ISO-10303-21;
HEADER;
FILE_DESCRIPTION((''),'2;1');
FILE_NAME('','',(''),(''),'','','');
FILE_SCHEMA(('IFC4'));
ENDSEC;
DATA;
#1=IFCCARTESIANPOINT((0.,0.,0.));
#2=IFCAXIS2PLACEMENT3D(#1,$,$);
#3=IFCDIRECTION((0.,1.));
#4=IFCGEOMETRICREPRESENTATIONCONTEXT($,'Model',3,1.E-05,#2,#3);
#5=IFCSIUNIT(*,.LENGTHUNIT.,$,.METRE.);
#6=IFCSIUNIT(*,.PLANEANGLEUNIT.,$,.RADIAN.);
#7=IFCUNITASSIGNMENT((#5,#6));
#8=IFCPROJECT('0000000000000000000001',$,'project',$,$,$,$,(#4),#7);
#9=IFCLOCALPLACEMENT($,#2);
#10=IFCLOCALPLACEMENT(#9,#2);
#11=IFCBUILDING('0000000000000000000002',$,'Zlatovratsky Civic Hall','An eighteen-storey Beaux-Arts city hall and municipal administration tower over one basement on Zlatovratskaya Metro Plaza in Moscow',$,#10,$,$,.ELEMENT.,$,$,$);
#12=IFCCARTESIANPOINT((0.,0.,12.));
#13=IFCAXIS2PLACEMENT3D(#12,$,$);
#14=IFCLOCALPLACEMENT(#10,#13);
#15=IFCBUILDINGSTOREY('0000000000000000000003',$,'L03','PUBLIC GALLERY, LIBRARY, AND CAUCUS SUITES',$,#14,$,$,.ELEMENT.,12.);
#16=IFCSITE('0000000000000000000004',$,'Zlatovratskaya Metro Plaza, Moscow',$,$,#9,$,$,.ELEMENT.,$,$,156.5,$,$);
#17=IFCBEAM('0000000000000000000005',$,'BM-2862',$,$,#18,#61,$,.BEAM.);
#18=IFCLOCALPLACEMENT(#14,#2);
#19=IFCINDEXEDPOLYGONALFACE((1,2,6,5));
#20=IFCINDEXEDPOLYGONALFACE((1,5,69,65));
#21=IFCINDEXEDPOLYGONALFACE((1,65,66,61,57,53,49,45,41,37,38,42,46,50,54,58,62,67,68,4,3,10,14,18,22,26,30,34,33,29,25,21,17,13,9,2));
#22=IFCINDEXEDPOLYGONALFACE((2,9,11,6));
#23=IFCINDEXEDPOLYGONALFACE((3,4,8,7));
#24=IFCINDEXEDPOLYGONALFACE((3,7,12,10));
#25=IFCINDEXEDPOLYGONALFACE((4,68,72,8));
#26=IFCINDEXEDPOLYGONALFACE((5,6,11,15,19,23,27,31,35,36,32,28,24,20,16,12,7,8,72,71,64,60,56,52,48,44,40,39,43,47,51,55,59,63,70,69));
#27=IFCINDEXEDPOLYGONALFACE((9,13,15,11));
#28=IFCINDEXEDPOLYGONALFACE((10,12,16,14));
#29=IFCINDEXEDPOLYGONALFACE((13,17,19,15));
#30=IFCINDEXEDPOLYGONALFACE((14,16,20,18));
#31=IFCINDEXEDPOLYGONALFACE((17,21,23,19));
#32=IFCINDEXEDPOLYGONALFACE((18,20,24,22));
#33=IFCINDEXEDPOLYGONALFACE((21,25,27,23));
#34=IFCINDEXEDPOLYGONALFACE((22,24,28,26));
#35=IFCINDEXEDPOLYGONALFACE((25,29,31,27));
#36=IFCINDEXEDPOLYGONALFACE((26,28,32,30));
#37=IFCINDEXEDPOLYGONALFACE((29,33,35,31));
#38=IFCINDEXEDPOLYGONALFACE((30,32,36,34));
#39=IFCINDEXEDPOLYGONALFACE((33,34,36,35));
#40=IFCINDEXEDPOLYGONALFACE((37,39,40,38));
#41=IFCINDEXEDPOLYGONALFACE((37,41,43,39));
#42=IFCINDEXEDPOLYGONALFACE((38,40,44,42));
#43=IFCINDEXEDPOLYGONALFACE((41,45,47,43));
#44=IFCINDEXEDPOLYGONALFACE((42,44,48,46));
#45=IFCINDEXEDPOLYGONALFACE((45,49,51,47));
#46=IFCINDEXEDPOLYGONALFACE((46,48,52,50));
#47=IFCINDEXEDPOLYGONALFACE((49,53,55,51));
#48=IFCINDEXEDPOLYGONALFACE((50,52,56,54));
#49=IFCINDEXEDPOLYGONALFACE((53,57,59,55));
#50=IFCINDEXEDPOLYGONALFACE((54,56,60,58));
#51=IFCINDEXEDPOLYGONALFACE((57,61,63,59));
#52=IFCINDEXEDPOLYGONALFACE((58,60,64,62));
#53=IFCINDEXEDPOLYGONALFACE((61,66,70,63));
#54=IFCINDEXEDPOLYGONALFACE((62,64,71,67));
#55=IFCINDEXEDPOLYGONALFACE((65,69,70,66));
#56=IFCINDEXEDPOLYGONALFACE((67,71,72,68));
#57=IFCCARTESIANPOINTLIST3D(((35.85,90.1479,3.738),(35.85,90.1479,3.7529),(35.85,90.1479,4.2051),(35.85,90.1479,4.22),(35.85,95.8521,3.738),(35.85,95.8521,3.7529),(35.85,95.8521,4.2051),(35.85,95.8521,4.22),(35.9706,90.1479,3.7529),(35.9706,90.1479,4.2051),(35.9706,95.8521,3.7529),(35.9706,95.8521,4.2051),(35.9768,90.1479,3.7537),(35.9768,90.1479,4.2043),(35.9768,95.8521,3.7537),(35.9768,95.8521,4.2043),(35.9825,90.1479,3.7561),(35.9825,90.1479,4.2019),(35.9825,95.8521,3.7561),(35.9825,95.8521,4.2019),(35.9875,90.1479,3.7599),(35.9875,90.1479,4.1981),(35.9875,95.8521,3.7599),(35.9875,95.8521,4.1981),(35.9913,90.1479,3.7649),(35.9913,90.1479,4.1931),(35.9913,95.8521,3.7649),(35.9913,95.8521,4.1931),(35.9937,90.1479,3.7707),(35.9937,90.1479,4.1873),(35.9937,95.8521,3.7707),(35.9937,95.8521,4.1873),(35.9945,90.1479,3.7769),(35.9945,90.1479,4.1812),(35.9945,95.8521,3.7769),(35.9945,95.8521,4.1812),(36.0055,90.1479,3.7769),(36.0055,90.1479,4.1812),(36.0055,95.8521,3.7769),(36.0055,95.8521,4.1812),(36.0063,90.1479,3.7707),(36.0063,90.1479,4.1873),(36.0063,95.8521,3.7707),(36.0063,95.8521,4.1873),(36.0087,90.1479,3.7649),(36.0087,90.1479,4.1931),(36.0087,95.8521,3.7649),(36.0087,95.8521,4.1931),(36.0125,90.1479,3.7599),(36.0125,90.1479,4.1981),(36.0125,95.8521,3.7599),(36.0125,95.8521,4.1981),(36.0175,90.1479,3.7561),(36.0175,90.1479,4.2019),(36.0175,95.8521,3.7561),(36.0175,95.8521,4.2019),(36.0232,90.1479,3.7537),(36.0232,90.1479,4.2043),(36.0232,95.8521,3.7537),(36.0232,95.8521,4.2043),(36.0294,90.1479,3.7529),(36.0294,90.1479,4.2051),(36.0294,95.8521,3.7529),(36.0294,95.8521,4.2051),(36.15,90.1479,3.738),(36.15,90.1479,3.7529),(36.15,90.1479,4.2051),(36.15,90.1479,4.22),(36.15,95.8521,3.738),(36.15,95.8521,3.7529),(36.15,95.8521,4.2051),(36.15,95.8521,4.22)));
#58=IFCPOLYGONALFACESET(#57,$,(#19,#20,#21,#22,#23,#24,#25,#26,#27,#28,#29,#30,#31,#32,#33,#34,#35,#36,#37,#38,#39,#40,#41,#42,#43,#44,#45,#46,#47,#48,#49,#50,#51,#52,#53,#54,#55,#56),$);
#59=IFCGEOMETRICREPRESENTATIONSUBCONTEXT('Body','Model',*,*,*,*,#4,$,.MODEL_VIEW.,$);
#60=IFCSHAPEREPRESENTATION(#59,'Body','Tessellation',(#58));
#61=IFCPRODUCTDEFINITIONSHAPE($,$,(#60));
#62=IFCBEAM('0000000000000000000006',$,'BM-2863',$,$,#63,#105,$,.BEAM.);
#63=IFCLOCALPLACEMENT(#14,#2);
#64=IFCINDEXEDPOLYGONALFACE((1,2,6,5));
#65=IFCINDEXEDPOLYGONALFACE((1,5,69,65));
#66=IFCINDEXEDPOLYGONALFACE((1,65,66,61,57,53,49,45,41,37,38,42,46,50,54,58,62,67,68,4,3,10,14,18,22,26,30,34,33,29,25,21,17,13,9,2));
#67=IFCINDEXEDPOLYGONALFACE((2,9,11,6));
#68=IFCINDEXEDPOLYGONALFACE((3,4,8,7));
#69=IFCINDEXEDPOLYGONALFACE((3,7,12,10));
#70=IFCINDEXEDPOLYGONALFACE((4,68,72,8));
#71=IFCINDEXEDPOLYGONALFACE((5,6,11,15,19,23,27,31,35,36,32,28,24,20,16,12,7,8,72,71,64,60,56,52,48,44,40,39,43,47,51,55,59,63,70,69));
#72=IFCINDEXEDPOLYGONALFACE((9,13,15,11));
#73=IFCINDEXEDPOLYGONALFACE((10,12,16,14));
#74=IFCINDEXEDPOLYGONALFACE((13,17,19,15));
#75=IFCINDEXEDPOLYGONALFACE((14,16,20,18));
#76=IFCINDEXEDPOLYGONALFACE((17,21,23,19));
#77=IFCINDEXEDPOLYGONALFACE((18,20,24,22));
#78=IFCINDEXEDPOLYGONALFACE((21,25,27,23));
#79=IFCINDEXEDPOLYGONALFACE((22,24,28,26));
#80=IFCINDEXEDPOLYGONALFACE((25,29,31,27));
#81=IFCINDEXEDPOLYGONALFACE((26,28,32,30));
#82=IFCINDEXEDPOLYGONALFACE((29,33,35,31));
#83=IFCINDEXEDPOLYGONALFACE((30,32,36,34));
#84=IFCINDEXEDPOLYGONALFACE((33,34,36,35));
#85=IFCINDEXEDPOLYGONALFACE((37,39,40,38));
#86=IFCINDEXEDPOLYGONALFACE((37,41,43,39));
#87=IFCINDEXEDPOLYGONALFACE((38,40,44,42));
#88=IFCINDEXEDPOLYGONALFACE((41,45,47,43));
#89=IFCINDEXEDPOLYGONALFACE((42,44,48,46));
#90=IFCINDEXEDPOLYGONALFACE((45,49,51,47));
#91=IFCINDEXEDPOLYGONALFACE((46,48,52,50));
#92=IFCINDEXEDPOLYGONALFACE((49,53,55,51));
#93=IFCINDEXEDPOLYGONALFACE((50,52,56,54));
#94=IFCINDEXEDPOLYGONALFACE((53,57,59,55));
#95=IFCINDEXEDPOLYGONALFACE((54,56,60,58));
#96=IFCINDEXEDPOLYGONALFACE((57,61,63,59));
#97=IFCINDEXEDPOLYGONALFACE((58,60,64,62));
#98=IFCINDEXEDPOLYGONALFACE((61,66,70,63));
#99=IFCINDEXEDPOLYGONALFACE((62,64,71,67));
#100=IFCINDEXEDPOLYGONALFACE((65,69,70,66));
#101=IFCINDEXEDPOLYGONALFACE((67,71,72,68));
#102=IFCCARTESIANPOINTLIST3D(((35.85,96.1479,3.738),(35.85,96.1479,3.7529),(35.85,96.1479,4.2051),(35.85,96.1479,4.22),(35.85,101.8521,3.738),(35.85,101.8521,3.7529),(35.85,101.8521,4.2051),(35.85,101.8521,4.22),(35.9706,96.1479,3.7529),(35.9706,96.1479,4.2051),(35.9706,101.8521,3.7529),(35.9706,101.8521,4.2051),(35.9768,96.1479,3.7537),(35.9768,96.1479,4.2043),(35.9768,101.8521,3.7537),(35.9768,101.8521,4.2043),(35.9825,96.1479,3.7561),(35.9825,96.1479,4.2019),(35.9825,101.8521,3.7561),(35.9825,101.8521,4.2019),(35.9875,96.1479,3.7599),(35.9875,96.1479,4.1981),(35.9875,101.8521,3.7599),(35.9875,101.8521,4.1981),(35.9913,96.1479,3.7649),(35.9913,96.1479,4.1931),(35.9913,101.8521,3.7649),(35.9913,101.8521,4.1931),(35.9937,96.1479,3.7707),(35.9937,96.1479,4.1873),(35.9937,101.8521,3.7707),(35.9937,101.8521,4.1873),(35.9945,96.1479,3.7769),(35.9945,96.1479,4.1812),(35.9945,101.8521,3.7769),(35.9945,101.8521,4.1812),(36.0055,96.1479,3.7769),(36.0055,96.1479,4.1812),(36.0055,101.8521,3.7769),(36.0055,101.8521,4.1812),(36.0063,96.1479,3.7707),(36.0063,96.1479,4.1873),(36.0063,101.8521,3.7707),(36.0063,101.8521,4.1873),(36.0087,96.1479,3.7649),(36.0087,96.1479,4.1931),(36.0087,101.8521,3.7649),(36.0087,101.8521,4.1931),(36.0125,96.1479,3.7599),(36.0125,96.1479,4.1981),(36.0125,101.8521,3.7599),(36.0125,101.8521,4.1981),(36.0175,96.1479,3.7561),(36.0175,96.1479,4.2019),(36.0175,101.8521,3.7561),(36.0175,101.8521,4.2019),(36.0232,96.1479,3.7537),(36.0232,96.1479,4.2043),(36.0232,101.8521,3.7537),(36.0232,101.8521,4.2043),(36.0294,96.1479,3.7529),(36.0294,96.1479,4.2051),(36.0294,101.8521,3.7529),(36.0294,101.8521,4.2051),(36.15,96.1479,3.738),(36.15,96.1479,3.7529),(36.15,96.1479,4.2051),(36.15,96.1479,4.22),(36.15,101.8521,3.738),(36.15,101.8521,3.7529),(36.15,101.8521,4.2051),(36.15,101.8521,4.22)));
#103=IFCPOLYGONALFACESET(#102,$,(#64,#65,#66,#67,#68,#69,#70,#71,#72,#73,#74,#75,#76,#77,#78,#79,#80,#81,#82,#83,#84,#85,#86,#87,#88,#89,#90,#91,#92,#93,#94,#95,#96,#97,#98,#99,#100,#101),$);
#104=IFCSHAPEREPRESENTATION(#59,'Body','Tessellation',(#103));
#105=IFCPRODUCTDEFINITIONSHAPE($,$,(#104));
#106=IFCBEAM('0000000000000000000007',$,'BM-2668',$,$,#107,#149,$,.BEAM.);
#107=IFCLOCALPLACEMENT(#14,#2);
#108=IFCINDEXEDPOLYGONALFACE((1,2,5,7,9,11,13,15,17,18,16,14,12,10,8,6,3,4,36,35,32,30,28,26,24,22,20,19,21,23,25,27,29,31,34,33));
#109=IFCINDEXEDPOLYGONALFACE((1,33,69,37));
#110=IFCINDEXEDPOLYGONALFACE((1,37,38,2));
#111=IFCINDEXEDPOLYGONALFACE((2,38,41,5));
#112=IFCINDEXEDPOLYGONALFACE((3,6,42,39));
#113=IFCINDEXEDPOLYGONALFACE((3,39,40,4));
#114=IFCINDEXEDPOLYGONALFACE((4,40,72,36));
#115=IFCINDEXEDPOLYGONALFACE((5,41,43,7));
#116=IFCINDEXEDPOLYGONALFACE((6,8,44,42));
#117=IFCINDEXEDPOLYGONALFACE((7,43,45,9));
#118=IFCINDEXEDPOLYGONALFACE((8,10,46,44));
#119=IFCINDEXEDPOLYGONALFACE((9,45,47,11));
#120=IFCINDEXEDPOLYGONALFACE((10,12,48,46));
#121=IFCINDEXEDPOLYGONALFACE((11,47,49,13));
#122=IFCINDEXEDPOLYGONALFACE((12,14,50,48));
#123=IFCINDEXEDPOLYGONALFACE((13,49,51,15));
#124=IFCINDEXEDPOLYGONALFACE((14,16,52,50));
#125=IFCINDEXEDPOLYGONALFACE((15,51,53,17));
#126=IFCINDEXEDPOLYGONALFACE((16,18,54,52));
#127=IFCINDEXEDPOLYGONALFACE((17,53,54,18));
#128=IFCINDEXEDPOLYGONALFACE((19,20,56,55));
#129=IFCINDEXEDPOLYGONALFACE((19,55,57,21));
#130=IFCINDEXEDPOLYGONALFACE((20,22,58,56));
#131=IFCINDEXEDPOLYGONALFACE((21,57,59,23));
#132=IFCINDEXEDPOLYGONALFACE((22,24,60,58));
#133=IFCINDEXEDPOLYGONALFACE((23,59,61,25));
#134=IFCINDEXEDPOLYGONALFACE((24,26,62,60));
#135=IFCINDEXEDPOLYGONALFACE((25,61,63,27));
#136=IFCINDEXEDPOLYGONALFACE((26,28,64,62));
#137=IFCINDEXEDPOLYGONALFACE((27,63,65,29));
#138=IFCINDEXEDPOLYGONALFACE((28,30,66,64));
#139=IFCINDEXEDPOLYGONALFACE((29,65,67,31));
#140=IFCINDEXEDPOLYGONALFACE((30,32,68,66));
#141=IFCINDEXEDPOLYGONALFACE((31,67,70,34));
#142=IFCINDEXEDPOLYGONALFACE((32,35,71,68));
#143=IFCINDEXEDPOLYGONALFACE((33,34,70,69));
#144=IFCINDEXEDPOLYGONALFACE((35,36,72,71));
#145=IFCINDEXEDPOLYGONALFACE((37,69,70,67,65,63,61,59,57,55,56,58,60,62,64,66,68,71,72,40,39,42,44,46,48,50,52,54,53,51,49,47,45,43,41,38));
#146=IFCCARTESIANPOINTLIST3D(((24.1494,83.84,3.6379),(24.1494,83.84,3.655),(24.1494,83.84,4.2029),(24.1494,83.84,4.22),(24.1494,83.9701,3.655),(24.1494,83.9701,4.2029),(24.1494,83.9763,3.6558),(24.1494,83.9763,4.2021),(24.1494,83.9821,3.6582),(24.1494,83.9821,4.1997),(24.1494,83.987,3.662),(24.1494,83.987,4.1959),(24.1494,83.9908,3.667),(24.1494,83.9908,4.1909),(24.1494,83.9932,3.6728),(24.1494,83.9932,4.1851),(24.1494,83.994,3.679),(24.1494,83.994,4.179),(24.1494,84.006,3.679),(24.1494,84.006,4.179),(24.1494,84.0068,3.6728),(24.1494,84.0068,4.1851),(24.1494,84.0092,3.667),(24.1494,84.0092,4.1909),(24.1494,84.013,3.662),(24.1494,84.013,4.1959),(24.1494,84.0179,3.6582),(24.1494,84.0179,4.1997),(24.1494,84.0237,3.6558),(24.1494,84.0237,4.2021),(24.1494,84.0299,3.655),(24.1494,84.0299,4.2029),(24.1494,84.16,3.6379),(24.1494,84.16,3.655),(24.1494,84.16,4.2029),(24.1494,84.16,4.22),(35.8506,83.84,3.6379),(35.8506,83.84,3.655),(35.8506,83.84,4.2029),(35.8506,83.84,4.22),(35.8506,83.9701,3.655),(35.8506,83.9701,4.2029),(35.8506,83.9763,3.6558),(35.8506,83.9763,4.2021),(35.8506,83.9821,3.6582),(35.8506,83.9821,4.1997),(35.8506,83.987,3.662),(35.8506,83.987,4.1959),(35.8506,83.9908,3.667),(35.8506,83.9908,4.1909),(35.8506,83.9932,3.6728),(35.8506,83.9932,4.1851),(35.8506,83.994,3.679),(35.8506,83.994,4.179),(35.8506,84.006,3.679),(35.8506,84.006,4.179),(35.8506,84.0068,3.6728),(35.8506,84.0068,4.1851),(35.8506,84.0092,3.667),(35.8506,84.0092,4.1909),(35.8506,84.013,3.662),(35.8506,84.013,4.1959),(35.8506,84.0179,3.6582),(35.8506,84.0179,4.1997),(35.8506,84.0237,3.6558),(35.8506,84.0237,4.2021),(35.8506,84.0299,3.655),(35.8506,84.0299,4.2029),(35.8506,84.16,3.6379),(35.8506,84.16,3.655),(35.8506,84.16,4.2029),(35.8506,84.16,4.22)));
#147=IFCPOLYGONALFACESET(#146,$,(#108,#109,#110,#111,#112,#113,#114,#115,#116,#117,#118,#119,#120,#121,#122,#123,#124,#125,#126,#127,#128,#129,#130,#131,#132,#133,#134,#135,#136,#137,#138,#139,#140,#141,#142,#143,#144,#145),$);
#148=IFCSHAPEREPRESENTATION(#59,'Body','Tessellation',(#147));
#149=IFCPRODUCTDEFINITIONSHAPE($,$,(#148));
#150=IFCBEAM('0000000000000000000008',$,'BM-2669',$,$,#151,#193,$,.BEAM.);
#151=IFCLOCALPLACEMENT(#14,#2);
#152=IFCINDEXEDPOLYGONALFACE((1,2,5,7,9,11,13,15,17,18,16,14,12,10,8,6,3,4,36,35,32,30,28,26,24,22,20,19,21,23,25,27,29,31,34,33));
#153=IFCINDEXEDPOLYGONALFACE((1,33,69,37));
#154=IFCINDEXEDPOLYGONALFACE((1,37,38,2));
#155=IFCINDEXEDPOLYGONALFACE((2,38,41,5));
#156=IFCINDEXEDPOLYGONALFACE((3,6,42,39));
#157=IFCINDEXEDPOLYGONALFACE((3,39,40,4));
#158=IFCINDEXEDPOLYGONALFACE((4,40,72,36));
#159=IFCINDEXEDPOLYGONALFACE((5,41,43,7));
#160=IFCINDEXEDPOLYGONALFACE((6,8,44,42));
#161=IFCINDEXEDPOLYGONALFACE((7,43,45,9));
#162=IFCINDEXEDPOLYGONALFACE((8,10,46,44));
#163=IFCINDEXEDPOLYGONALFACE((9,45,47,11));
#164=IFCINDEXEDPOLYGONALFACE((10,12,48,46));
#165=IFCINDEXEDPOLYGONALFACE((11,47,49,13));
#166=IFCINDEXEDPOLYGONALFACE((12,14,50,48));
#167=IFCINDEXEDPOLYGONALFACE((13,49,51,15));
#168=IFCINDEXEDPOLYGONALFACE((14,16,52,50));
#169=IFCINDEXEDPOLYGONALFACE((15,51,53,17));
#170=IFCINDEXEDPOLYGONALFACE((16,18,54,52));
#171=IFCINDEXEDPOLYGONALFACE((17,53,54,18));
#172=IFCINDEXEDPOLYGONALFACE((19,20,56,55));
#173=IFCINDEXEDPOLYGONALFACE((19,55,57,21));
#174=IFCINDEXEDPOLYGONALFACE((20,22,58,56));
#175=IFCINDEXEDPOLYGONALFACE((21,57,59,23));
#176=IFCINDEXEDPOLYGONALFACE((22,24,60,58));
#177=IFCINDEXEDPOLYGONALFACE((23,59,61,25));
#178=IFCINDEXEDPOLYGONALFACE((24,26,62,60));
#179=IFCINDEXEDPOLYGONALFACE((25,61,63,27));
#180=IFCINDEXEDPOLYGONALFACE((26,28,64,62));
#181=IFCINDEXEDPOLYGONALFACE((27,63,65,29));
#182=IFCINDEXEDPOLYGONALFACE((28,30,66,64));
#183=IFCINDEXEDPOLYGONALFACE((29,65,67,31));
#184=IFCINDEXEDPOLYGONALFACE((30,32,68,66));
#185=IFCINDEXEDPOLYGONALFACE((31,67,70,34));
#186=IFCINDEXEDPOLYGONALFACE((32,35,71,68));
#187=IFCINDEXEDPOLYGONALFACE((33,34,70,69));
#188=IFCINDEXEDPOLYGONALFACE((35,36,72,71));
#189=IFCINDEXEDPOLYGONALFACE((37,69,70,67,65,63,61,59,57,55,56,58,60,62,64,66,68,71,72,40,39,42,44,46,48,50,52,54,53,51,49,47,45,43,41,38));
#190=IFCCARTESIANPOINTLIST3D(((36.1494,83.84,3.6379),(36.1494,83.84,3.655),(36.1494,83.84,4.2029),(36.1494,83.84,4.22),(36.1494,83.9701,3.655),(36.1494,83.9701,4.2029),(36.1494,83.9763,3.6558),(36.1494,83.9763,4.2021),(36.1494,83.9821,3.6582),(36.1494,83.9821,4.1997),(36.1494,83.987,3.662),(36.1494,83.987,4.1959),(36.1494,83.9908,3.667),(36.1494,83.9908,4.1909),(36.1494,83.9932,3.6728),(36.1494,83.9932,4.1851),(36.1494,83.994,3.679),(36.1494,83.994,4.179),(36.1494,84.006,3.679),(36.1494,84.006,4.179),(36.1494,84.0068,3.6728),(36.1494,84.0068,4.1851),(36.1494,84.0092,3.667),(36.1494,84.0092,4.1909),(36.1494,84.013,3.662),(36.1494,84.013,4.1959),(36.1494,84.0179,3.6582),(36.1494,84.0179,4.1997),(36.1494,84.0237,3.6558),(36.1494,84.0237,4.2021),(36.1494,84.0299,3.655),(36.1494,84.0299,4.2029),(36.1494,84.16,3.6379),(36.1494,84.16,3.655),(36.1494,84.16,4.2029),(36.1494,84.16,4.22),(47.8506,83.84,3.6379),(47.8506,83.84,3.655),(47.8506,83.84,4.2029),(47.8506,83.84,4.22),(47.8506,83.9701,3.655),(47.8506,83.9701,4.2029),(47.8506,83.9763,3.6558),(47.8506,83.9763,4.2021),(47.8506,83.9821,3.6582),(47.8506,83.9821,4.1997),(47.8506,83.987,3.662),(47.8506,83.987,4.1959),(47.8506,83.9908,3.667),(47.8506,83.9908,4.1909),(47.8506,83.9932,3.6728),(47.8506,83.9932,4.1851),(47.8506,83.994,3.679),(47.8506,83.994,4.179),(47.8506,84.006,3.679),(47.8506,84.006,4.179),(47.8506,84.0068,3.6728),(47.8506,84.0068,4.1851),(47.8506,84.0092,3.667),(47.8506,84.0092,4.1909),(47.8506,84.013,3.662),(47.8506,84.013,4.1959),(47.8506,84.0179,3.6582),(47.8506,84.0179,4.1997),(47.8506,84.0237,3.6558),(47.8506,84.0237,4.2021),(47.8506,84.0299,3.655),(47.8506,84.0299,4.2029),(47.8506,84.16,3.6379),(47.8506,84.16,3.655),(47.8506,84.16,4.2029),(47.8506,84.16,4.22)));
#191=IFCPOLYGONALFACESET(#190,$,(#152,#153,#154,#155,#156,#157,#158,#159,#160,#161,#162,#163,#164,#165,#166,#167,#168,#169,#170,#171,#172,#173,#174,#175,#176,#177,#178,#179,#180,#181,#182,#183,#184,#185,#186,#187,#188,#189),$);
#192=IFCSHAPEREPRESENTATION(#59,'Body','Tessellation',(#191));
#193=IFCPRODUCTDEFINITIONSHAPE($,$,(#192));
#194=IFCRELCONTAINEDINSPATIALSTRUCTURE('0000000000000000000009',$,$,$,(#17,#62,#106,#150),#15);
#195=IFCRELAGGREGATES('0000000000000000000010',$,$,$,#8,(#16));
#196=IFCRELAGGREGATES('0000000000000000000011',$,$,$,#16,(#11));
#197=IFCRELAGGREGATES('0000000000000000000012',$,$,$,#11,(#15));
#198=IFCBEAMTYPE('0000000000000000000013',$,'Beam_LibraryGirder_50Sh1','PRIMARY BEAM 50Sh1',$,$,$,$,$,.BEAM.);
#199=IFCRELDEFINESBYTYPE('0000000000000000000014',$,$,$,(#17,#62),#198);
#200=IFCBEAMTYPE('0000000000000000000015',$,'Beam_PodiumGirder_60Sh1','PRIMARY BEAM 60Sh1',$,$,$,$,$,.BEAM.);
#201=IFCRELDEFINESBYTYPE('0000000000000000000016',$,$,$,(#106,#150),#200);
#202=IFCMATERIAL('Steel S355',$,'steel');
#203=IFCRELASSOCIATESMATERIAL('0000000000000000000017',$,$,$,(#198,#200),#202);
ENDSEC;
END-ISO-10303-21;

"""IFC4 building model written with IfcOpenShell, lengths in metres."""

from ifc_helpers import new_model, si_unit, direction, frame, origin, origin_2d, place, context, subcontext, project, spatial, i_section, extrude, material, material_profile, profile_set, type_object, element, save


model = new_model("IFC4")

# Units and contexts
model_context = context("Model", 3, precision=1e-05, world=origin(), true_north=direction((0.0, 1.0)))
body_context = subcontext(model_context, "Body", "Model", "MODEL_VIEW")
ifc_project = project(units=[si_unit("LENGTHUNIT", "METRE"), si_unit("PLANEANGLEUNIT", "RADIAN")], contexts=[model_context])

# Site, building, storey
site_placement = place(None, origin())
site = spatial("IfcSite", under=ifc_project, at=site_placement, Name="Zlatovratskaya Metro Plaza, Moscow", CompositionType="ELEMENT", RefElevation=156.5)
building_placement = place(site_placement, origin())
building = spatial("IfcBuilding", under=site, at=building_placement, Name="Zlatovratsky Civic Hall", Description="An eighteen-storey Beaux-Arts city hall and municipal administration tower over one basement on Zlatovratskaya Metro Plaza in Moscow", CompositionType="ELEMENT")
storey_placement = place(building_placement, frame((0.0, 0.0, 12.0)))
storey = spatial("IfcBuildingStorey", under=building, at=storey_placement, Name="L03", Description="PUBLIC GALLERY, LIBRARY, AND CAUCUS SUITES", CompositionType="ELEMENT", Elevation=12.0)

# Shared definitions
ifc_material_1 = material(Name="Steel S355", Category="steel")

# Beams
ifc_material_profile_1 = material_profile(ifc_material_1, i_section(OverallWidth=0.3, OverallDepth=0.4819, WebThickness=0.011, FlangeThickness=0.0149, FilletRadius=0.0239, at=origin_2d()), Name="50Sh1")
ifc_profile_set_1 = profile_set([ifc_material_profile_1], Name="Steel S355")
beam_type_1 = type_object("IfcBeamType", Name="Beam_LibraryGirder_50Sh1", Description="PRIMARY BEAM 50Sh1", PredefinedType="BEAM", material=ifc_profile_set_1)
for number, where, z_axis, x_axis, name in (
    (1, (36.0, 90.1479, 3.979), (0.0, 1.0, 0.0), (-1.0, 0.0, 0.0), "BM-2862"),
    (2, (36.0, 96.1479, 3.979), (0.0, 1.0, 0.0), (-1.0, 0.0, 0.0), "BM-2863"),
):
    element("IfcBeam", number, at=place(storey_placement, frame(where, z_axis=z_axis, x_axis=x_axis)), inside=storey, type_object=beam_type_1, Name=name, PredefinedType="BEAM", context=body_context, shape_type="SweptSolid", body=[
        extrude(i_section(OverallWidth=0.3, OverallDepth=0.4819, WebThickness=0.011, FlangeThickness=0.0149, FilletRadius=0.0239, at=origin_2d()), origin(), (0.0, 0.0, 1.0), 5.7041),
    ])
ifc_material_profile_2 = material_profile(ifc_material_1, i_section(OverallWidth=0.3201, OverallDepth=0.582, WebThickness=0.012, FlangeThickness=0.0171, FilletRadius=0.0239, at=origin_2d()), Name="60Sh1")
ifc_profile_set_2 = profile_set([ifc_material_profile_2], Name="Steel S355")
beam_type_2 = type_object("IfcBeamType", Name="Beam_PodiumGirder_60Sh1", Description="PRIMARY BEAM 60Sh1", PredefinedType="BEAM", material=ifc_profile_set_2)
for number, where, z_axis, x_axis, name in (
    (3, (24.1494, 84.0, 3.929), (1.0, 0.0, 0.0), (0.0, 1.0, 0.0), "BM-2668"),
    (4, (36.1494, 84.0, 3.929), (1.0, 0.0, 0.0), (0.0, 1.0, 0.0), "BM-2669"),
):
    element("IfcBeam", number, at=place(storey_placement, frame(where, z_axis=z_axis, x_axis=x_axis)), inside=storey, type_object=beam_type_2, Name=name, PredefinedType="BEAM", context=body_context, shape_type="SweptSolid", body=[
        extrude(i_section(OverallWidth=0.3201, OverallDepth=0.582, WebThickness=0.012, FlangeThickness=0.0171, FilletRadius=0.0239, at=origin_2d()), origin(), (0.0, 0.0, 1.0), 11.7012),
    ])

save(model, "model.ifc")
